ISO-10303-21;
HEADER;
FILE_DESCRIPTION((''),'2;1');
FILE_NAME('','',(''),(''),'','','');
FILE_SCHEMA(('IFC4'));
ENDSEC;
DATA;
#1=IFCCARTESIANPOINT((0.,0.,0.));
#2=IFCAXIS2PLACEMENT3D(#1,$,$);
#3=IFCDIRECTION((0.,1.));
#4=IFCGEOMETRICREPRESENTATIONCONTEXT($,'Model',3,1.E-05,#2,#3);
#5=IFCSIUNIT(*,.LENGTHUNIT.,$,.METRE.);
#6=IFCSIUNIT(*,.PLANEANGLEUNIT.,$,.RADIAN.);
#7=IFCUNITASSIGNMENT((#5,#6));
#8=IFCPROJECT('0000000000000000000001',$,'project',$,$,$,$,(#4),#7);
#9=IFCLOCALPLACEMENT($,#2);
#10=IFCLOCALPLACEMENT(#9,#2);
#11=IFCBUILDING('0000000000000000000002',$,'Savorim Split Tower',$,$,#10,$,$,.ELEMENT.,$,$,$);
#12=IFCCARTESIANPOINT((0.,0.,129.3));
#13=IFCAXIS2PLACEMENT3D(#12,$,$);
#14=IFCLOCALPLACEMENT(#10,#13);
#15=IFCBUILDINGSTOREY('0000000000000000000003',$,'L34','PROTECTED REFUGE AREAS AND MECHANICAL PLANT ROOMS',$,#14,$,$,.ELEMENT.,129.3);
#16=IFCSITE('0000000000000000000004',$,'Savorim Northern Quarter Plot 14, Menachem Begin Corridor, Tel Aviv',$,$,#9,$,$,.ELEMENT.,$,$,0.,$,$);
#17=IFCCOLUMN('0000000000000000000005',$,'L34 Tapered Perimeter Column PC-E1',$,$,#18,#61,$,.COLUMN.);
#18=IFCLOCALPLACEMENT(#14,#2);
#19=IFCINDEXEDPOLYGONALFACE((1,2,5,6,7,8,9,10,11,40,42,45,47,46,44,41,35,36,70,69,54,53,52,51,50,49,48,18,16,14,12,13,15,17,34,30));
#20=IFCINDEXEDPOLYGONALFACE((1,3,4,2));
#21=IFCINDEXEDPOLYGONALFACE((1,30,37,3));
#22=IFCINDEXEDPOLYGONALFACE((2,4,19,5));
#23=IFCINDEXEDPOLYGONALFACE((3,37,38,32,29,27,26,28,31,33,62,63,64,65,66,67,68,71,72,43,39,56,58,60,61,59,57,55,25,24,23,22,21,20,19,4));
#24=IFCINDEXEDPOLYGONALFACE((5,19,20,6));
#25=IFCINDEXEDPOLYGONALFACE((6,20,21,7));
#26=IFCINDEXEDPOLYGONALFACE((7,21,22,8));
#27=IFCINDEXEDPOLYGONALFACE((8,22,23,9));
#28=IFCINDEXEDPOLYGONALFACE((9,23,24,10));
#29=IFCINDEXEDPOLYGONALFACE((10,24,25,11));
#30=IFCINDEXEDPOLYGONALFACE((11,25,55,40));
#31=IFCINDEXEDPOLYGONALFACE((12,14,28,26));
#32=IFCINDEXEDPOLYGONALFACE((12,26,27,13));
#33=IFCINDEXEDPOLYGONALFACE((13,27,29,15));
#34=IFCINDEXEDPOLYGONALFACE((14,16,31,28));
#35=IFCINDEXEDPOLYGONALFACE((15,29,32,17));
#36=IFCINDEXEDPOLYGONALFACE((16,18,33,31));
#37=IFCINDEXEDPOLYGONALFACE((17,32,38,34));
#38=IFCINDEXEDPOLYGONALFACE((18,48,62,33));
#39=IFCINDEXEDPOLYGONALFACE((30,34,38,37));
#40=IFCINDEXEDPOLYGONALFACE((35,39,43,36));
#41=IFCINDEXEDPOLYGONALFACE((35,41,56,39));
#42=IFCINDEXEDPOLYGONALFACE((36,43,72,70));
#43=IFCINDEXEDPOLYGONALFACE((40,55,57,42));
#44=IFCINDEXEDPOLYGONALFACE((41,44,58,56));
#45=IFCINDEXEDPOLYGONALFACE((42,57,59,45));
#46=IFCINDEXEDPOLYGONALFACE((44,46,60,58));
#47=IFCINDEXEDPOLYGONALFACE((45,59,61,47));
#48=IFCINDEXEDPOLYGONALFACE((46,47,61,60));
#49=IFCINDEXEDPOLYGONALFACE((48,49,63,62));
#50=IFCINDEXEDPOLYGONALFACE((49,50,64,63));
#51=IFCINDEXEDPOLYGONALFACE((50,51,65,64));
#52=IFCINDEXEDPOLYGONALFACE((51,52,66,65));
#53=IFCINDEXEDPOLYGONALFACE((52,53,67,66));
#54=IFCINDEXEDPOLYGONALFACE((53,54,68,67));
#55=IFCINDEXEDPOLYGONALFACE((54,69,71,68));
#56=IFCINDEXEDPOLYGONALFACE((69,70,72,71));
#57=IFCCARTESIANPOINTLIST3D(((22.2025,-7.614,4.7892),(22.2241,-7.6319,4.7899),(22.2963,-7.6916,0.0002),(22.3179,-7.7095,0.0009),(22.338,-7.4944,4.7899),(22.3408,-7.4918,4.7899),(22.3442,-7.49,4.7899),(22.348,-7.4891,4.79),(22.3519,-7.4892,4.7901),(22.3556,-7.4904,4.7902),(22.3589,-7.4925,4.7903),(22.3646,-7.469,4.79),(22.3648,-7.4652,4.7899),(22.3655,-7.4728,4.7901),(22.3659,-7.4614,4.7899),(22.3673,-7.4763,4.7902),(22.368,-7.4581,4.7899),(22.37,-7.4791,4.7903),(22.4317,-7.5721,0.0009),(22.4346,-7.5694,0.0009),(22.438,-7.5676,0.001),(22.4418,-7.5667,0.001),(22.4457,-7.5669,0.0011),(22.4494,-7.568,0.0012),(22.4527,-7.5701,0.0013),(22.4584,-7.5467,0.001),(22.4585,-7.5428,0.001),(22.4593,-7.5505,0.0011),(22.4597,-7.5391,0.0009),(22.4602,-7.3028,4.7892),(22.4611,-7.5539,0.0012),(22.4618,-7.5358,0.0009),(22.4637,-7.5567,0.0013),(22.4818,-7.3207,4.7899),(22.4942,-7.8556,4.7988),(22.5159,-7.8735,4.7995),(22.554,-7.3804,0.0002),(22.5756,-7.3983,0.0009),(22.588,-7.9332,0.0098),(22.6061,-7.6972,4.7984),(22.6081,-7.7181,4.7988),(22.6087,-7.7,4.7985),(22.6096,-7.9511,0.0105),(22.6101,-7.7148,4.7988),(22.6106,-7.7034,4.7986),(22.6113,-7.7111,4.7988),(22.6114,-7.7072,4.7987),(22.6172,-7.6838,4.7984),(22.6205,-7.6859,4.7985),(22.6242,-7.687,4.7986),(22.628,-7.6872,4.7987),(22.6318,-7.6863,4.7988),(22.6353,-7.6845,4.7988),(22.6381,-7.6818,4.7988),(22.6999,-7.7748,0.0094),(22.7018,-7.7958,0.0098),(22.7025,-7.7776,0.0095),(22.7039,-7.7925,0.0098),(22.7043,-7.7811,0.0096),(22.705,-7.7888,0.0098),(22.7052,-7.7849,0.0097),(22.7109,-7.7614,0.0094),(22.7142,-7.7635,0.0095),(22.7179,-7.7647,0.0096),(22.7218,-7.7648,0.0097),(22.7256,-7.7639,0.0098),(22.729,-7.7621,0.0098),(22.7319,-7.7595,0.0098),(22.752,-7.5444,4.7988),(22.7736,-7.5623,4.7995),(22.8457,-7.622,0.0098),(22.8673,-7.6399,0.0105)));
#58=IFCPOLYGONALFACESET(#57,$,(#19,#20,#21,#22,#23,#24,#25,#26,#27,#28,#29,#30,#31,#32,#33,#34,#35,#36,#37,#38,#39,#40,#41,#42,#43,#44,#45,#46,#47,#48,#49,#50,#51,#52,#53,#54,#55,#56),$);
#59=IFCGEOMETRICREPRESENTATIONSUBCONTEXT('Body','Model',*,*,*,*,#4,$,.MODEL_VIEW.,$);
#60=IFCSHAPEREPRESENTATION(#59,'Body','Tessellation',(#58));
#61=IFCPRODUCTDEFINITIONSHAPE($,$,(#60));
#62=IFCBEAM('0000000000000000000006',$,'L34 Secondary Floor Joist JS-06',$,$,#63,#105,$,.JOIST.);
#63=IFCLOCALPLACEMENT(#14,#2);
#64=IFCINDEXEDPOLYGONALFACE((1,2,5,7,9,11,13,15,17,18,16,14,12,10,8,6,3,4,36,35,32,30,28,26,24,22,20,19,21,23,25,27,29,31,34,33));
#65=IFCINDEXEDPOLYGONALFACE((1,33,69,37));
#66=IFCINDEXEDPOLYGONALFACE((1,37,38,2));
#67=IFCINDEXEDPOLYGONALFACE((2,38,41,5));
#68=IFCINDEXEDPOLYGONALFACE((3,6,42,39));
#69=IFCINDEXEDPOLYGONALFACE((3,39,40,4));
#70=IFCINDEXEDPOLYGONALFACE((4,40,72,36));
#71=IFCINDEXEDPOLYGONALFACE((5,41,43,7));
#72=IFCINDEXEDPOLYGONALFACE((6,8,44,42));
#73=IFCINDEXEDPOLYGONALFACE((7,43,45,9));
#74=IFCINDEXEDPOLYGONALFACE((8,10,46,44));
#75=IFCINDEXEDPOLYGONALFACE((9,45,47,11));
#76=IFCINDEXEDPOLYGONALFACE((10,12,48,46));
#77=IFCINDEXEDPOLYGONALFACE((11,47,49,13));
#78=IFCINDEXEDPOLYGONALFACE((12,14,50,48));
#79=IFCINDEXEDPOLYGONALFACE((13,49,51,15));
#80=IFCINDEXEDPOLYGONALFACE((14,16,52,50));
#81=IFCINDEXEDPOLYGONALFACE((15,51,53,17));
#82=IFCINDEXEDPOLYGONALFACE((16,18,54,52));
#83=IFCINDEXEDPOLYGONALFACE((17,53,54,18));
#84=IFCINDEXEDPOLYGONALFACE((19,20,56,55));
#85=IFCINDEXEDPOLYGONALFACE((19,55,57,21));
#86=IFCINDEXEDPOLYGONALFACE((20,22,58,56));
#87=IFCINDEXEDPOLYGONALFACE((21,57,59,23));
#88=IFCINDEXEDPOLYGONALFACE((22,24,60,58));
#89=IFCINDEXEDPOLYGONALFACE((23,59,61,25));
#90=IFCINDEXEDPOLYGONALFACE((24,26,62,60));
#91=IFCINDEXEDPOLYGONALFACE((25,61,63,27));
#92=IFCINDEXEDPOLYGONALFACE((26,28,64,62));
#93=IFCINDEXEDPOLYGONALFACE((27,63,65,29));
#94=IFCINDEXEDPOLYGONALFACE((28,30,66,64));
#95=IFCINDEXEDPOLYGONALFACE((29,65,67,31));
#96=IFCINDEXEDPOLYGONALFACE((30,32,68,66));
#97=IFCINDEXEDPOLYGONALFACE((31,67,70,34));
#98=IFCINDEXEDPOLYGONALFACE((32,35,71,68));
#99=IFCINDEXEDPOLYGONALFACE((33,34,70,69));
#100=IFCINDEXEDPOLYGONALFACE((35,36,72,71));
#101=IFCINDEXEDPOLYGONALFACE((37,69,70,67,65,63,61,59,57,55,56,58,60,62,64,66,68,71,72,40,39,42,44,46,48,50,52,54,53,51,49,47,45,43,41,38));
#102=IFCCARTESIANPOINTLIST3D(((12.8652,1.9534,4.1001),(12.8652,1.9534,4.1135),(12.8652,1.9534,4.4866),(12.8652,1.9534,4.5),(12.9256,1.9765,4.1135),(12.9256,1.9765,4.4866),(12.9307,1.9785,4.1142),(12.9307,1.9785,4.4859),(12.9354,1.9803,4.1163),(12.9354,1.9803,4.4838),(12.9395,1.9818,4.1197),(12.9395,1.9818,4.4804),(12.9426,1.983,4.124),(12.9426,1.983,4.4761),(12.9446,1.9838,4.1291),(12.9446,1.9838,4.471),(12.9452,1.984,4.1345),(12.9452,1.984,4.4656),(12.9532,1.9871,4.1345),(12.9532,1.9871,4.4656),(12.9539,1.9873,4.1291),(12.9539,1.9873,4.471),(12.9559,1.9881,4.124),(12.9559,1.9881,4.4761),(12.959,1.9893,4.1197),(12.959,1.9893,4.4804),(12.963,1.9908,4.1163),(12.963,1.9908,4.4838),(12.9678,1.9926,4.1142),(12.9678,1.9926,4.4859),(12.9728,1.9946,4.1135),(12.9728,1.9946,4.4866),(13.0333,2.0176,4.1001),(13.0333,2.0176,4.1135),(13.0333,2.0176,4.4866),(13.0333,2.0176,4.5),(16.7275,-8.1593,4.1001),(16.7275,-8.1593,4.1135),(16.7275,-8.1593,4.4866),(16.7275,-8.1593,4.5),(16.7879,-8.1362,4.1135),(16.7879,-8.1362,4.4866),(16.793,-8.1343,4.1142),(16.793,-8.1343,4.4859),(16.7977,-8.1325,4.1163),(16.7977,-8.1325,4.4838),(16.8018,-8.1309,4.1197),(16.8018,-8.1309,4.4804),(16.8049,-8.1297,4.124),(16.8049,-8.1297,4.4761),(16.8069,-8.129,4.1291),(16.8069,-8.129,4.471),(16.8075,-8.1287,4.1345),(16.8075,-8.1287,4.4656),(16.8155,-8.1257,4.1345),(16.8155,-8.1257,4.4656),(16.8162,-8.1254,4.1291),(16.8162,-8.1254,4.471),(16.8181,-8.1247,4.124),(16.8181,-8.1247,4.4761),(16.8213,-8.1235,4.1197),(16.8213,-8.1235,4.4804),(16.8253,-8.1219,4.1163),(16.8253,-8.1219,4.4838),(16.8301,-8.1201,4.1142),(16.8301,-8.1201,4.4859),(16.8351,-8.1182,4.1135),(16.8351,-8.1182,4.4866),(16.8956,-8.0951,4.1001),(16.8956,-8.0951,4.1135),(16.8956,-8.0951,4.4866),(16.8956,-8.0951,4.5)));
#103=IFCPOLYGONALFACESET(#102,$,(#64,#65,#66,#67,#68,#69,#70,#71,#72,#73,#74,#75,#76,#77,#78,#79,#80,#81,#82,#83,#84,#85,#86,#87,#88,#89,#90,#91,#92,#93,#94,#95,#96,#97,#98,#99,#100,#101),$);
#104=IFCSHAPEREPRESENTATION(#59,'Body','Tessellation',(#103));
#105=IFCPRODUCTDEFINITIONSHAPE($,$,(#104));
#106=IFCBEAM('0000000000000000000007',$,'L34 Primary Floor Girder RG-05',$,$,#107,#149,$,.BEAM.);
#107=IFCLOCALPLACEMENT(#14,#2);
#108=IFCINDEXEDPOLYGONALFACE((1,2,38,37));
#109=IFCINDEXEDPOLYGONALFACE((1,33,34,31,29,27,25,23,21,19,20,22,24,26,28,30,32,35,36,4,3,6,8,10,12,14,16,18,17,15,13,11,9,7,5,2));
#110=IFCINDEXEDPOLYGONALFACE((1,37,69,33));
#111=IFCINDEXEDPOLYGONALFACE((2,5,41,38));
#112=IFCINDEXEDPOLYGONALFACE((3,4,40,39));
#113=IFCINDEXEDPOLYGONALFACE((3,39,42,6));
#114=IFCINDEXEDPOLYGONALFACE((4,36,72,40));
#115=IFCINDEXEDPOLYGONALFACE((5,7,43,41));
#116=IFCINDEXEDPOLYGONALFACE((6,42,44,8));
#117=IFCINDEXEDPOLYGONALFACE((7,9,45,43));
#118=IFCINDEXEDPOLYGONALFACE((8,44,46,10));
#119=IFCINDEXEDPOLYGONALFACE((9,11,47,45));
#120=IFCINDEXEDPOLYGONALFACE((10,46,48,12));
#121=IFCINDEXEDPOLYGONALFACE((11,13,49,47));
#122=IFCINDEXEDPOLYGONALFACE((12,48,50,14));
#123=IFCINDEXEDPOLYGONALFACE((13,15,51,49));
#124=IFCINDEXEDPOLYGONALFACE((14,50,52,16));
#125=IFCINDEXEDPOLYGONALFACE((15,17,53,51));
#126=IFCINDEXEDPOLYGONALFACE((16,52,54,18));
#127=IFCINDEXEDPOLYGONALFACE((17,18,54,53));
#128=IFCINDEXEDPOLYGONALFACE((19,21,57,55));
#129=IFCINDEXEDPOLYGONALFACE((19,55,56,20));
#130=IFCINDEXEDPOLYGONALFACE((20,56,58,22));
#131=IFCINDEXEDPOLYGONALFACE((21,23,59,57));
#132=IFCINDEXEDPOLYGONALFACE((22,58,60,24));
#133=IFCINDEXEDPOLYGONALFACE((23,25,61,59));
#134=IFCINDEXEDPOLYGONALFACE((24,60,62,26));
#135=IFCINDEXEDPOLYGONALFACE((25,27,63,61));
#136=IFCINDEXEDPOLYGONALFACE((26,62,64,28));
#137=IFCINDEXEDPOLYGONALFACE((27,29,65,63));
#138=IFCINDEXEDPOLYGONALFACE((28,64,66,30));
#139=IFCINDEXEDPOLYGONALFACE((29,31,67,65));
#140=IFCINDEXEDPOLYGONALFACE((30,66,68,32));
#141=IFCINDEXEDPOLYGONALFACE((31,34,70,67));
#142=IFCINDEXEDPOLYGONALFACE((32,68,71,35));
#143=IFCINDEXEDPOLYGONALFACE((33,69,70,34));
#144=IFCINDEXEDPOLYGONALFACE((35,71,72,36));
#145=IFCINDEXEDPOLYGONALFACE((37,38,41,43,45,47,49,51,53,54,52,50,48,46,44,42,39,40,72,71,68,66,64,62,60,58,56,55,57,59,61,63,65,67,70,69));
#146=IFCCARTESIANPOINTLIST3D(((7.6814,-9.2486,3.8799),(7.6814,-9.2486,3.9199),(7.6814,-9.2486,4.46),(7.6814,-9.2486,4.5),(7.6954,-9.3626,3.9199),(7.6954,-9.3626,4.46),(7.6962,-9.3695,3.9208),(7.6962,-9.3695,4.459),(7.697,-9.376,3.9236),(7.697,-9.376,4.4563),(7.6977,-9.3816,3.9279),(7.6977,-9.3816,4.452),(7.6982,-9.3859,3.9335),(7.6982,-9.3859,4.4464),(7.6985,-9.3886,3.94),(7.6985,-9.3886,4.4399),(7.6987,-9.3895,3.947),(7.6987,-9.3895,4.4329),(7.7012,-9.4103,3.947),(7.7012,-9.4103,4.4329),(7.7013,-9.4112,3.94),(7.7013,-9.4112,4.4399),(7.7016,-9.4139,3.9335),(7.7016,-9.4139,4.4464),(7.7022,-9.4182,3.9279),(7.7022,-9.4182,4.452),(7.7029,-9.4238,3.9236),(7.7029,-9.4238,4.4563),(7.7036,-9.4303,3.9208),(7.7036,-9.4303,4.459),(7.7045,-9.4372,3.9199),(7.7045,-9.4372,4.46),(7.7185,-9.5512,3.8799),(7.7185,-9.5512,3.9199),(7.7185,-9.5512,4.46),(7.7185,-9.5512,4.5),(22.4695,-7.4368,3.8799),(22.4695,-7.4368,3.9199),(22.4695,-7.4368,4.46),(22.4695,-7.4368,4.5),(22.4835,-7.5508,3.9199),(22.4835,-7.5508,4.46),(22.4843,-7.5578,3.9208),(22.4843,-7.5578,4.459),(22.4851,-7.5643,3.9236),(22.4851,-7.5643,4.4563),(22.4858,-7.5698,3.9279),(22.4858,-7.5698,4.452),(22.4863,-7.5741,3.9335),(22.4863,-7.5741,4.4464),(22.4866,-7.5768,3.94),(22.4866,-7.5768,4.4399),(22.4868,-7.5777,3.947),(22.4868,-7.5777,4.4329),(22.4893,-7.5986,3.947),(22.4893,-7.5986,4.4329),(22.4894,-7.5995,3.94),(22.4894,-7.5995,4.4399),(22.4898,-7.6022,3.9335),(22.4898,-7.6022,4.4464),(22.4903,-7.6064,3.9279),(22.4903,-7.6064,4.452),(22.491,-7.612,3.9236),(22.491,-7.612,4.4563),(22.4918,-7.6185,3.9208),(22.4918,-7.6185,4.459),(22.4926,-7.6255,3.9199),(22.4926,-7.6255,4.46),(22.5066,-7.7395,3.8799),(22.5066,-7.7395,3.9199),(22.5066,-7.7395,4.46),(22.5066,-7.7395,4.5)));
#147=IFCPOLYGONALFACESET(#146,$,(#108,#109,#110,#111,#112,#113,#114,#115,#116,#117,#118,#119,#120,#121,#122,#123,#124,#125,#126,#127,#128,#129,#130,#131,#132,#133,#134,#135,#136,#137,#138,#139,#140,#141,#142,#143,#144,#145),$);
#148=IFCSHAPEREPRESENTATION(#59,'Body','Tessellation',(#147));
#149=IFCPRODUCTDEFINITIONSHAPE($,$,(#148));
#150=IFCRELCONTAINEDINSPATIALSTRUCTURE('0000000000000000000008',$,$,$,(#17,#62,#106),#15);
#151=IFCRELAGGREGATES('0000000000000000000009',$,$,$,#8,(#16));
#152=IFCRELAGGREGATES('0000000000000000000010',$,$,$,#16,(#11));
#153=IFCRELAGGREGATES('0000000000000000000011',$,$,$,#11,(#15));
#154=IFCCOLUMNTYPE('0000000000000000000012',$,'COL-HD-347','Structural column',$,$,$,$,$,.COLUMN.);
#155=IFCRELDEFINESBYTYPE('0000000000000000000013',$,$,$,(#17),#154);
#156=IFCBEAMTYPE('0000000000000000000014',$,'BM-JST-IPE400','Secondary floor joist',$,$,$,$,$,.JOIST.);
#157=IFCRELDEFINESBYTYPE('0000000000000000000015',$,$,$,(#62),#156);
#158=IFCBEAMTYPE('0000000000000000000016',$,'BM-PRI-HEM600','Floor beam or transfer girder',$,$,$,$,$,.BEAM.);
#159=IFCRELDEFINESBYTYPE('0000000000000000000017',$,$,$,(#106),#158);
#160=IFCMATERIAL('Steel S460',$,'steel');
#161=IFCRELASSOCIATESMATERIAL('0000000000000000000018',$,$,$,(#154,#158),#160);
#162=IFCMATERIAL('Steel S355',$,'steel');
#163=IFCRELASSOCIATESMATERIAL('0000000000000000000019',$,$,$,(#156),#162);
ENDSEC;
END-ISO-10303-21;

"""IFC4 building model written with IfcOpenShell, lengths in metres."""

from ifc_helpers import new_model, si_unit, direction, frame, origin, origin_2d, place, context, subcontext, project, spatial, i_section, extrude, material, material_profile, profile_set, type_object, element, save


model = new_model("IFC4")

# Units and contexts
model_context = context("Model", 3, precision=1e-05, world=origin(), true_north=direction((0.0, 1.0)))
body_context = subcontext(model_context, "Body", "Model", "MODEL_VIEW")
ifc_project = project(units=[si_unit("LENGTHUNIT", "METRE"), si_unit("PLANEANGLEUNIT", "RADIAN")], contexts=[model_context])

# Site, building, storey
site_placement = place(None, origin())
site = spatial("IfcSite", under=ifc_project, at=site_placement, Name="Savorim Northern Quarter Plot 14, Menachem Begin Corridor, Tel Aviv", CompositionType="ELEMENT", RefElevation=0.0)
building_placement = place(site_placement, origin())
building = spatial("IfcBuilding", under=site, at=building_placement, Name="Savorim Split Tower", CompositionType="ELEMENT")
storey_placement = place(building_placement, frame((0.0, 0.0, 129.3)))
storey = spatial("IfcBuildingStorey", under=building, at=storey_placement, Name="L34", Description="PROTECTED REFUGE AREAS AND MECHANICAL PLANT ROOMS", CompositionType="ELEMENT", Elevation=129.3)

# Column
ifc_material_1 = material(Name="Steel S460", Category="steel")
ifc_material_profile_1 = material_profile(ifc_material_1, i_section(OverallWidth=0.4041, OverallDepth=0.407, WebThickness=0.0173, FlangeThickness=0.0281, FilletRadius=0.0149, at=origin_2d()), Name="HD 400x347")
ifc_profile_set_1 = profile_set([ifc_material_profile_1], Name="Steel S460")
column_type = type_object("IfcColumnType", Name="COL-HD-347", Description="Structural column", PredefinedType="COLUMN", material=ifc_profile_set_1)
column_placement = place(storey_placement, frame((22.5818, -7.6658, 0.0054), z_axis=(-0.01957, 0.016206, 0.999677), x_axis=(-0.637814, -0.77019, 0.0)))
element("IfcColumn", 1, at=column_placement, inside=storey, type_object=column_type, Name="L34 Tapered Perimeter Column PC-E1", PredefinedType="COLUMN", context=body_context, shape_type="SweptSolid", body=[
    extrude(i_section(OverallWidth=0.4041, OverallDepth=0.407, WebThickness=0.0173, FlangeThickness=0.0281, FilletRadius=0.0149, at=origin_2d()), origin(), (0.0, 0.0, 1.0), 4.7905),
])

# Beams
ifc_material_2 = material(Name="Steel S355", Category="steel")
ifc_material_profile_2 = material_profile(ifc_material_2, i_section(OverallWidth=0.1799, OverallDepth=0.3999, WebThickness=0.0085, FlangeThickness=0.0134, FilletRadius=0.021, at=origin_2d()), Name="IPE 400")
ifc_profile_set_2 = profile_set([ifc_material_profile_2], Name="Steel S355")
beam_type_1 = type_object("IfcBeamType", Name="BM-JST-IPE400", Description="Secondary floor joist", PredefinedType="JOIST", material=ifc_profile_set_2)
beam_1_placement = place(storey_placement, frame((16.8115, -8.1272, 4.3), z_axis=(-0.356787, 0.934186, 0.0), x_axis=(-0.934186, -0.356787, 0.0)))
element("IfcBeam", 2, at=beam_1_placement, inside=storey, type_object=beam_type_1, Name="L34 Secondary Floor Joist JS-06", PredefinedType="JOIST", context=body_context, shape_type="SweptSolid", body=[
    extrude(i_section(OverallWidth=0.1799, OverallDepth=0.3999, WebThickness=0.0085, FlangeThickness=0.0134, FilletRadius=0.021, at=origin_2d()), origin(), (0.0, 0.0, 1.0), 10.8252),
])
ifc_material_profile_3 = material_profile(ifc_material_1, i_section(OverallWidth=0.3049, OverallDepth=0.6201, WebThickness=0.021, FlangeThickness=0.04, FilletRadius=0.0271, at=origin_2d()), Name="HE 600 M")
ifc_profile_set_3 = profile_set([ifc_material_profile_3], Name="Steel S460")
beam_type_2 = type_object("IfcBeamType", Name="BM-PRI-HEM600", Description="Floor beam or transfer girder", PredefinedType="BEAM", material=ifc_profile_set_3)
beam_2_placement = place(storey_placement, frame((22.488, -7.5881, 4.1899), z_axis=(-0.992578, -0.121606, 0.0), x_axis=(0.121606, -0.992578, 0.0)))
element("IfcBeam", 3, at=beam_2_placement, inside=storey, type_object=beam_type_2, Name="L34 Primary Floor Girder RG-05", PredefinedType="BEAM", context=body_context, shape_type="SweptSolid", body=[
    extrude(i_section(OverallWidth=0.3049, OverallDepth=0.6201, WebThickness=0.021, FlangeThickness=0.04, FilletRadius=0.0271, at=origin_2d()), origin(), (0.0, 0.0, 1.0), 14.8987),
])

save(model, "model.ifc")
